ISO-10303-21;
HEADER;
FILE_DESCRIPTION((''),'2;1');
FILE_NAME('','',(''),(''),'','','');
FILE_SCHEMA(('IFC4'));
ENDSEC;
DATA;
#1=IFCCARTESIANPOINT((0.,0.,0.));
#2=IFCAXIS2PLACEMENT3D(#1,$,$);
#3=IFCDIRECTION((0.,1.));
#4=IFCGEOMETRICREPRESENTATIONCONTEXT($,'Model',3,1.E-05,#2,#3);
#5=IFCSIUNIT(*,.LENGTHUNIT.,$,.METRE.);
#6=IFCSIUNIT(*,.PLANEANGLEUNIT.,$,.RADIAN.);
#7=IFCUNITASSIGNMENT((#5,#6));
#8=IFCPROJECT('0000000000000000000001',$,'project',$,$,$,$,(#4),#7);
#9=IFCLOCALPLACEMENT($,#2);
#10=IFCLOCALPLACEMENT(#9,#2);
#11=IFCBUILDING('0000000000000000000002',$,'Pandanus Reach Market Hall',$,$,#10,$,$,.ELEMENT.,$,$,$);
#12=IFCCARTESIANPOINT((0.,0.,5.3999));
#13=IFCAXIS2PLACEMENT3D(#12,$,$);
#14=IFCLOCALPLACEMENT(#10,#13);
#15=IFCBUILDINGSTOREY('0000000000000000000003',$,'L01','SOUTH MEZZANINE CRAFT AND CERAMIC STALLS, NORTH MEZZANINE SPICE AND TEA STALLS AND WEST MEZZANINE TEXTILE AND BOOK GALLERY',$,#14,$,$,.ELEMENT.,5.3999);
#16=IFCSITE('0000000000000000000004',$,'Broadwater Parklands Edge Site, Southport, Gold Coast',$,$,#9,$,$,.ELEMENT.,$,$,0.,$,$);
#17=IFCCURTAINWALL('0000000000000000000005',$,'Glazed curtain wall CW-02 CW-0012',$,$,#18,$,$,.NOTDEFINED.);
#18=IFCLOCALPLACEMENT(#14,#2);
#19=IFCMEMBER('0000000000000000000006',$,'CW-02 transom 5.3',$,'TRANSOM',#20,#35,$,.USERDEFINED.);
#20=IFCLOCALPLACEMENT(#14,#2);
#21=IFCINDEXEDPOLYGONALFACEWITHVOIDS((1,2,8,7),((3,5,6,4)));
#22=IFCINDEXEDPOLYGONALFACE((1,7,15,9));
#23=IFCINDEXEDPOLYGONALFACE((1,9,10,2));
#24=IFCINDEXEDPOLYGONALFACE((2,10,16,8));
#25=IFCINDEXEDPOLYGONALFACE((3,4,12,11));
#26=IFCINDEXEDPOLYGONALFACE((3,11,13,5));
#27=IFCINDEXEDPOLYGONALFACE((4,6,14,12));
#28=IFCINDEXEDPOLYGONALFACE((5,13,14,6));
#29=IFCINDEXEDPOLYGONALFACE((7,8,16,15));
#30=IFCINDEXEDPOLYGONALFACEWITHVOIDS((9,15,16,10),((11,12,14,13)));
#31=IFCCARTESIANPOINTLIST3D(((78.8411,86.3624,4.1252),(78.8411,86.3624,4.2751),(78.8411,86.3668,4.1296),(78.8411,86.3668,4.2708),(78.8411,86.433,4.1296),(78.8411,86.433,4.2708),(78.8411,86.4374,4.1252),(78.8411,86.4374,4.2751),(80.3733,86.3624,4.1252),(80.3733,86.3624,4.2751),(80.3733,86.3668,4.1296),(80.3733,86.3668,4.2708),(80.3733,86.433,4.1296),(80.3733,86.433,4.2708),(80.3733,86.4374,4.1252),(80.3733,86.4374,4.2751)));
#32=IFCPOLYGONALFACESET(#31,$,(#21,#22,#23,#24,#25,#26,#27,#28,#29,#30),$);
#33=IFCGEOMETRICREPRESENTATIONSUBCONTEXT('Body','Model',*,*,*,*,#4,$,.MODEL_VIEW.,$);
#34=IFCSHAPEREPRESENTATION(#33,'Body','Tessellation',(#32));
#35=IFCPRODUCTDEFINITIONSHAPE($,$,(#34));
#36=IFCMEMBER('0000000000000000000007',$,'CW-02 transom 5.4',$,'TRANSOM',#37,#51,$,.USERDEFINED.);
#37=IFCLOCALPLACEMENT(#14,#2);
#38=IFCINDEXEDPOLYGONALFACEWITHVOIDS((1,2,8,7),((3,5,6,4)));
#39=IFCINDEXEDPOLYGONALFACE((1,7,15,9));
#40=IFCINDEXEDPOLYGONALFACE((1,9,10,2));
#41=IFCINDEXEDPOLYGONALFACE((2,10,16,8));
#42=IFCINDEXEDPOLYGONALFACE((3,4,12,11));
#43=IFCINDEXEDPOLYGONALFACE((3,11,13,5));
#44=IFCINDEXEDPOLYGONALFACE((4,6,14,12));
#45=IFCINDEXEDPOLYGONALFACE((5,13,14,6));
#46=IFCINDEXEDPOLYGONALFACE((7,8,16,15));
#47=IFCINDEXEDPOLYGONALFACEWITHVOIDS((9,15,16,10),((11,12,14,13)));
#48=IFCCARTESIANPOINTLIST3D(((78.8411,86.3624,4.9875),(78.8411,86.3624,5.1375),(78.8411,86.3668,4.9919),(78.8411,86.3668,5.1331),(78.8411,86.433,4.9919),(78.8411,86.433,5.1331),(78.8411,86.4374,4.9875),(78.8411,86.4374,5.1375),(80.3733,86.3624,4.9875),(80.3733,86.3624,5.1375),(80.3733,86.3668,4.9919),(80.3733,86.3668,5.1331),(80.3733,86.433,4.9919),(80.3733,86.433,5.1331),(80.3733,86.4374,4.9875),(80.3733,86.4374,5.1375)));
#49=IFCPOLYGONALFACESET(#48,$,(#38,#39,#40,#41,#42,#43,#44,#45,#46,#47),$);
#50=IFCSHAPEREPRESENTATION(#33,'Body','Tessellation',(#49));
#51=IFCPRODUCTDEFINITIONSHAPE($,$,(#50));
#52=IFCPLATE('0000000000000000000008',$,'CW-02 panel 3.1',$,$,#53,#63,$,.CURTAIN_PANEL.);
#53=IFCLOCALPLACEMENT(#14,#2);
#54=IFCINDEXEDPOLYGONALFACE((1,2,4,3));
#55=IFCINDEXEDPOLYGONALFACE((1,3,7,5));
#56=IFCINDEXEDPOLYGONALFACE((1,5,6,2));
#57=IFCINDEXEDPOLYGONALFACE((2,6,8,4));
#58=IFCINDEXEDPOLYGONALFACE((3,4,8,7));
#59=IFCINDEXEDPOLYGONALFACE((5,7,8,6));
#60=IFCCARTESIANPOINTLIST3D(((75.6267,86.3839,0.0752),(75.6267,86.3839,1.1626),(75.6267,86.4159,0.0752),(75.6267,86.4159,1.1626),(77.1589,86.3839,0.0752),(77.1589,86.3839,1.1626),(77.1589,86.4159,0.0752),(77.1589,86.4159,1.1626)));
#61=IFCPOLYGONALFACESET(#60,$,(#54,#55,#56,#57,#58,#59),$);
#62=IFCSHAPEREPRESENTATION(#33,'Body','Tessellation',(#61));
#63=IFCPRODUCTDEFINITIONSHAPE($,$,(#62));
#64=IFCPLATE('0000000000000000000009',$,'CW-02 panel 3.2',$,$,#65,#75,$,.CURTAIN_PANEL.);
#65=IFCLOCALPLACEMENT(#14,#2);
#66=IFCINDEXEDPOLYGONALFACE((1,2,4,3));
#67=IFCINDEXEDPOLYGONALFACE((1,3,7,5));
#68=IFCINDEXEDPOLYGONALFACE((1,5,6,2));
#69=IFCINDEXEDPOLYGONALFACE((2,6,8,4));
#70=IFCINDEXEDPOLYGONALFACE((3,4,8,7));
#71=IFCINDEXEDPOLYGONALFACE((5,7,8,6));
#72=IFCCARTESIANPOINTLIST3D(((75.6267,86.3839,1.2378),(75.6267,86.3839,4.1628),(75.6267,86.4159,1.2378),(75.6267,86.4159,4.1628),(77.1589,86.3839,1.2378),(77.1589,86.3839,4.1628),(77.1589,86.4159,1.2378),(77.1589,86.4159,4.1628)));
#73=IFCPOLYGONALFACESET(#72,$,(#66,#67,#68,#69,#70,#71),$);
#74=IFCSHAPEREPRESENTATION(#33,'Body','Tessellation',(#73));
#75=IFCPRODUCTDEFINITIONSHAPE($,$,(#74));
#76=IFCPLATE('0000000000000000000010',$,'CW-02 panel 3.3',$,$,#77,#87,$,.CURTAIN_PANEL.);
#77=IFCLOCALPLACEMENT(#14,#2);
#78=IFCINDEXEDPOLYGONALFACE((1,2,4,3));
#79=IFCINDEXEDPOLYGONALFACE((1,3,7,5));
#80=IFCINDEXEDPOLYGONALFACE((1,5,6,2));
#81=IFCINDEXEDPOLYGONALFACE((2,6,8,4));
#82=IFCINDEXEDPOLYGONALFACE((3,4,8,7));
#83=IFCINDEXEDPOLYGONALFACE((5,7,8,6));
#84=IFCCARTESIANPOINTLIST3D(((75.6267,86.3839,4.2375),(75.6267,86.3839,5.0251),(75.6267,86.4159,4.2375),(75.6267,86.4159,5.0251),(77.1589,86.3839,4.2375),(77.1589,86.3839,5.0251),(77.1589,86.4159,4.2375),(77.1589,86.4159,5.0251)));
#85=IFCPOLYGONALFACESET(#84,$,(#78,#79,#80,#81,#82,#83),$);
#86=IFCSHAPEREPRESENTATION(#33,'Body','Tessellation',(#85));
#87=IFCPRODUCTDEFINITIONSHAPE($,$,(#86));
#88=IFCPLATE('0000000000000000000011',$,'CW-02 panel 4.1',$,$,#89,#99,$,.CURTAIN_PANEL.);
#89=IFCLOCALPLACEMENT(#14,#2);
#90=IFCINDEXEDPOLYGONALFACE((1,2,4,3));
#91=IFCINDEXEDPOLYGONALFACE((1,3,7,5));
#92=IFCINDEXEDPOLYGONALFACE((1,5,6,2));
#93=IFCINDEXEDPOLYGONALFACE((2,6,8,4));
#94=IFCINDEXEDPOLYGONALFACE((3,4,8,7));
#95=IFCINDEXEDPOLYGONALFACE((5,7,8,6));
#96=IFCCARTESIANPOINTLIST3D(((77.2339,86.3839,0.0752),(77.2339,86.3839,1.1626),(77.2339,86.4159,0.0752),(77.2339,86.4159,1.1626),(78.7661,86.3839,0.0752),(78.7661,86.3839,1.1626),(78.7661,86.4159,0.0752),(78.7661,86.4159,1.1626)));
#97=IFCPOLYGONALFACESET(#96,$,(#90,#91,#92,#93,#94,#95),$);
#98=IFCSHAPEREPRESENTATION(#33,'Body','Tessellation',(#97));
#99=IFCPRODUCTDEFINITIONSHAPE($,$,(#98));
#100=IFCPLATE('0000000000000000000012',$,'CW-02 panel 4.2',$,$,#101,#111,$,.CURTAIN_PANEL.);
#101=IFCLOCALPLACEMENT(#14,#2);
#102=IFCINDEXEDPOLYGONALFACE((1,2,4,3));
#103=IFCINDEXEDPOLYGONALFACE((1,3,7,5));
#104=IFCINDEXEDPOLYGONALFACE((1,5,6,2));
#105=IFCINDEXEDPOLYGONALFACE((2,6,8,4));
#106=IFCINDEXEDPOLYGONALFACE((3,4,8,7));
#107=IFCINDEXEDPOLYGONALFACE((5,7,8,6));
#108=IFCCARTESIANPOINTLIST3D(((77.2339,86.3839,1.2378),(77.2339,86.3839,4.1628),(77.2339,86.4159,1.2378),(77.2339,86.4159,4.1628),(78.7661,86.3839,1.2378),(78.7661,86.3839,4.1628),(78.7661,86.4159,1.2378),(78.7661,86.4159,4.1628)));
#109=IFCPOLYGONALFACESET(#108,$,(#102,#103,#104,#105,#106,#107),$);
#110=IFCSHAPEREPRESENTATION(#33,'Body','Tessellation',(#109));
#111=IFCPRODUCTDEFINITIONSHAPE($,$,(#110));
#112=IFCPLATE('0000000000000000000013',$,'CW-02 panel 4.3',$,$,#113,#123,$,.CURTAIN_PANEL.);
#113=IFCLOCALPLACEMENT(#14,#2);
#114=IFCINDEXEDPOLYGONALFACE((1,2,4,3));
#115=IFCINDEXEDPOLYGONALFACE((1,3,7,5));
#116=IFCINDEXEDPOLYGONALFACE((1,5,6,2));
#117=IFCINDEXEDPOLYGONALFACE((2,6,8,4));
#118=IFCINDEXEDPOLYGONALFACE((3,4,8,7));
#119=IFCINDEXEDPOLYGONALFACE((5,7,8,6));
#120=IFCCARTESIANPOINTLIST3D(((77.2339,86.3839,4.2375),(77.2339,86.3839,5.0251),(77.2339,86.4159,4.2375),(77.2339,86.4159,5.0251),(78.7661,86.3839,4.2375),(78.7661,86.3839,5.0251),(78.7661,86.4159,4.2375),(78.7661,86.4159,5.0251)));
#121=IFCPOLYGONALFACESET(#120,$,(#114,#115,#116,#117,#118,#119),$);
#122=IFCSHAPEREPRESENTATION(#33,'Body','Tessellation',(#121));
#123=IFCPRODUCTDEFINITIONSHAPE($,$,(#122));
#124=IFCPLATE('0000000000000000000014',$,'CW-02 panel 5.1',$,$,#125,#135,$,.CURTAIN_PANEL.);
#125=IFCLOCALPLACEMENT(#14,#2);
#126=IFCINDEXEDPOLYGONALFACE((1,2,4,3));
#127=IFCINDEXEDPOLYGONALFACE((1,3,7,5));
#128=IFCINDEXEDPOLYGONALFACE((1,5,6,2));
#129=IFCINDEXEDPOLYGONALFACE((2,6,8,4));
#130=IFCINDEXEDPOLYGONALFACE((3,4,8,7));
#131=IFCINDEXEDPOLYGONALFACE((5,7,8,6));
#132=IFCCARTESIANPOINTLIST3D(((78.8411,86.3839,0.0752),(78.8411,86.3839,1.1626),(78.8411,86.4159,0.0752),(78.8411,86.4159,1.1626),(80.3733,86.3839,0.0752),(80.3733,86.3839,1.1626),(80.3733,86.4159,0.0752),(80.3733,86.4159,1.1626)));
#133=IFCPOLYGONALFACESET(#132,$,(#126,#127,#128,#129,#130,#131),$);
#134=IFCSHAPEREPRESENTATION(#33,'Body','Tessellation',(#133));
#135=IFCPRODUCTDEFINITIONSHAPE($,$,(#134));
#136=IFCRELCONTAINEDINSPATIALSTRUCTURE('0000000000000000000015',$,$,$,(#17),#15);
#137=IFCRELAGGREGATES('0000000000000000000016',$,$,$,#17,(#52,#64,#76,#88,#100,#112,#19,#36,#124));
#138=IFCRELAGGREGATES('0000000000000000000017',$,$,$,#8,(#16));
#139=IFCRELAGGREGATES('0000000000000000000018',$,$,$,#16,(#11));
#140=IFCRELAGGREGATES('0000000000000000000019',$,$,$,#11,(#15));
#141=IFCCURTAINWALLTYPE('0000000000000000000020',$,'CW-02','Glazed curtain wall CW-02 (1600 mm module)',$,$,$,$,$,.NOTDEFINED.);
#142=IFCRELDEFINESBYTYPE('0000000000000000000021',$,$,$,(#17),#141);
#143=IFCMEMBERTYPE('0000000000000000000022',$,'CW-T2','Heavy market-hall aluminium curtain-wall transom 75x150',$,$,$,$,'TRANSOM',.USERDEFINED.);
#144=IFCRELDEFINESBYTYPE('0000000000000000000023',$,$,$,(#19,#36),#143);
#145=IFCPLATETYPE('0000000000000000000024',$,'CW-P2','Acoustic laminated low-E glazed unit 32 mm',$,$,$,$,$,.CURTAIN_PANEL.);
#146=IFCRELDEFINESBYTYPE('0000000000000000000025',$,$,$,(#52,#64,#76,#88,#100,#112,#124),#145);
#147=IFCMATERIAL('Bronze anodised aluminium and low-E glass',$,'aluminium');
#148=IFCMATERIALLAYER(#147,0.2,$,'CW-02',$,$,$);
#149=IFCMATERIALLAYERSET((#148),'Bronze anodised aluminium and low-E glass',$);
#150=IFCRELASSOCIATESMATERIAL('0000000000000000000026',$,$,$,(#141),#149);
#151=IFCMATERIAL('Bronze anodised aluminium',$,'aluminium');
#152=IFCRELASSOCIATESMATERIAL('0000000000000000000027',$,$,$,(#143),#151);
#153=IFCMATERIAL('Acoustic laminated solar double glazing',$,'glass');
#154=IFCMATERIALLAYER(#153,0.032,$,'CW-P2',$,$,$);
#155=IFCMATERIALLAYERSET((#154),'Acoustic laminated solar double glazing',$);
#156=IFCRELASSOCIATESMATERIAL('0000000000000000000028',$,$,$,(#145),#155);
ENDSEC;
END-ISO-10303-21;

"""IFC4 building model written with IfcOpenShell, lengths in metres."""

from ifc_helpers import new_model, si_unit, direction, frame, origin, origin_2d, place, context, subcontext, project, spatial, rectangle, hollow_rectangle, extrude, material, layer, layer_set, material_profile, profile_set, type_object, element, aggregate, save


model = new_model("IFC4")

# Units and contexts
model_context = context("Model", 3, precision=1e-05, world=origin(), true_north=direction((0.0, 1.0)))
body_context = subcontext(model_context, "Body", "Model", "MODEL_VIEW")
ifc_project = project(units=[si_unit("LENGTHUNIT", "METRE"), si_unit("PLANEANGLEUNIT", "RADIAN")], contexts=[model_context])

# Site, building, storey
site_placement = place(None, origin())
site = spatial("IfcSite", under=ifc_project, at=site_placement, Name="Broadwater Parklands Edge Site, Southport, Gold Coast", CompositionType="ELEMENT", RefElevation=0.0)
building_placement = place(site_placement, origin())
building = spatial("IfcBuilding", under=site, at=building_placement, Name="Pandanus Reach Market Hall", CompositionType="ELEMENT")
storey_placement = place(building_placement, frame((0.0, 0.0, 5.3999)))
storey = spatial("IfcBuildingStorey", under=building, at=storey_placement, Name="L01", Description="SOUTH MEZZANINE CRAFT AND CERAMIC STALLS, NORTH MEZZANINE SPICE AND TEA STALLS AND WEST MEZZANINE TEXTILE AND BOOK GALLERY", CompositionType="ELEMENT", Elevation=5.3999)

# Curtain wall, members, plates
ifc_material_1 = material(Name="Bronze anodised aluminium and low-E glass", Category="aluminium")
ifc_layer_1 = layer(ifc_material_1, 0.2, Name="CW-02")
ifc_layer_set_1 = layer_set([ifc_layer_1], Name="Bronze anodised aluminium and low-E glass")
curtain_wall_type = type_object("IfcCurtainWallType", Name="CW-02", Description="Glazed curtain wall CW-02 (1600 mm module)", PredefinedType="NOTDEFINED", material=ifc_layer_set_1)
curtain_wall_placement = place(storey_placement, origin())
curtain_wall = element("IfcCurtainWall", 1, at=curtain_wall_placement, inside=storey, type_object=curtain_wall_type, Name="Glazed curtain wall CW-02 CW-0012", PredefinedType="NOTDEFINED")
ifc_material_2 = material(Name="Bronze anodised aluminium", Category="aluminium")
ifc_material_profile_1 = material_profile(ifc_material_2, hollow_rectangle(XDim=0.075, YDim=0.1499, WallThickness=0.0044, at=origin_2d()), Name="ALU75x150", Category="LoadBearing")
ifc_profile_set_1 = profile_set([ifc_material_profile_1], Name="Bronze anodised aluminium")
member_type_1 = type_object("IfcMemberType", Name="CW-T2", Description="Heavy market-hall aluminium curtain-wall transom 75x150", ElementType="TRANSOM", PredefinedType="USERDEFINED", material=ifc_profile_set_1)
member_1_placement = place(storey_placement, frame((78.8411, 86.3999, 4.2002), z_axis=(1.0, 0.0, 0.0), x_axis=(0.0, 1.0, 0.0)))
member_1 = element("IfcMember", 2, at=member_1_placement, type_object=member_type_1, Name="CW-02 transom 5.3", ObjectType="TRANSOM", PredefinedType="USERDEFINED", context=body_context, shape_type="SweptSolid", body=[
    extrude(hollow_rectangle(XDim=0.075, YDim=0.1499, WallThickness=0.0044, at=origin_2d()), origin(), (0.0, 0.0, 1.0), 1.5322),
])
member_2_placement = place(storey_placement, frame((78.8411, 86.3999, 5.0625), z_axis=(1.0, 0.0, 0.0), x_axis=(0.0, 1.0, 0.0)))
member_2 = element("IfcMember", 3, at=member_2_placement, type_object=member_type_1, Name="CW-02 transom 5.4", ObjectType="TRANSOM", PredefinedType="USERDEFINED", context=body_context, shape_type="SweptSolid", body=[
    extrude(hollow_rectangle(XDim=0.075, YDim=0.1499, WallThickness=0.0044, at=origin_2d()), origin(), (0.0, 0.0, 1.0), 1.5322),
])
ifc_material_3 = material(Name="Acoustic laminated solar double glazing", Category="glass")
ifc_layer_2 = layer(ifc_material_3, 0.032, Name="CW-P2")
ifc_layer_set_2 = layer_set([ifc_layer_2], Name="Acoustic laminated solar double glazing")
plate_type = type_object("IfcPlateType", Name="CW-P2", Description="Acoustic laminated low-E glazed unit 32 mm", PredefinedType="CURTAIN_PANEL", material=ifc_layer_set_2)
plate_1_placement = place(storey_placement, frame((76.3928, 86.3999, 0.0752), z_axis=(0.0, 0.0, 1.0), x_axis=(1.0, 0.0, 0.0)))
plate_1 = element("IfcPlate", 4, at=plate_1_placement, type_object=plate_type, Name="CW-02 panel 3.1", PredefinedType="CURTAIN_PANEL", context=body_context, shape_type="SweptSolid", body=[
    extrude(rectangle(XDim=1.5322, YDim=0.032, at=origin_2d()), origin(), (0.0, 0.0, 1.0), 1.0874),
])
plate_2_placement = place(storey_placement, frame((76.3928, 86.3999, 1.2378), z_axis=(0.0, 0.0, 1.0), x_axis=(1.0, 0.0, 0.0)))
plate_2 = element("IfcPlate", 5, at=plate_2_placement, type_object=plate_type, Name="CW-02 panel 3.2", PredefinedType="CURTAIN_PANEL", context=body_context, shape_type="SweptSolid", body=[
    extrude(rectangle(XDim=1.5322, YDim=0.032, at=origin_2d()), origin(), (0.0, 0.0, 1.0), 2.925),
])
plate_3_placement = place(storey_placement, frame((76.3928, 86.3999, 4.2375), z_axis=(0.0, 0.0, 1.0), x_axis=(1.0, 0.0, 0.0)))
plate_3 = element("IfcPlate", 6, at=plate_3_placement, type_object=plate_type, Name="CW-02 panel 3.3", PredefinedType="CURTAIN_PANEL", context=body_context, shape_type="SweptSolid", body=[
    extrude(rectangle(XDim=1.5322, YDim=0.032, at=origin_2d()), origin(), (0.0, 0.0, 1.0), 0.7876),
])
plate_4_placement = place(storey_placement, frame((78.0, 86.3999, 0.0752), z_axis=(0.0, 0.0, 1.0), x_axis=(1.0, 0.0, 0.0)))
plate_4 = element("IfcPlate", 7, at=plate_4_placement, type_object=plate_type, Name="CW-02 panel 4.1", PredefinedType="CURTAIN_PANEL", context=body_context, shape_type="SweptSolid", body=[
    extrude(rectangle(XDim=1.5322, YDim=0.032, at=origin_2d()), origin(), (0.0, 0.0, 1.0), 1.0874),
])
plate_5_placement = place(storey_placement, frame((78.0, 86.3999, 1.2378), z_axis=(0.0, 0.0, 1.0), x_axis=(1.0, 0.0, 0.0)))
plate_5 = element("IfcPlate", 8, at=plate_5_placement, type_object=plate_type, Name="CW-02 panel 4.2", PredefinedType="CURTAIN_PANEL", context=body_context, shape_type="SweptSolid", body=[
    extrude(rectangle(XDim=1.5322, YDim=0.032, at=origin_2d()), origin(), (0.0, 0.0, 1.0), 2.925),
])
plate_6_placement = place(storey_placement, frame((78.0, 86.3999, 4.2375), z_axis=(0.0, 0.0, 1.0), x_axis=(1.0, 0.0, 0.0)))
plate_6 = element("IfcPlate", 9, at=plate_6_placement, type_object=plate_type, Name="CW-02 panel 4.3", PredefinedType="CURTAIN_PANEL", context=body_context, shape_type="SweptSolid", body=[
    extrude(rectangle(XDim=1.5322, YDim=0.032, at=origin_2d()), origin(), (0.0, 0.0, 1.0), 0.7876),
])
plate_7_placement = place(storey_placement, frame((79.6072, 86.3999, 0.0752), z_axis=(0.0, 0.0, 1.0), x_axis=(1.0, 0.0, 0.0)))
plate_7 = element("IfcPlate", 10, at=plate_7_placement, type_object=plate_type, Name="CW-02 panel 5.1", PredefinedType="CURTAIN_PANEL", context=body_context, shape_type="SweptSolid", body=[
    extrude(rectangle(XDim=1.5322, YDim=0.032, at=origin_2d()), origin(), (0.0, 0.0, 1.0), 1.0874),
])
aggregate(curtain_wall, [plate_1, plate_2, plate_3, plate_4, plate_5, plate_6, member_1, member_2, plate_7])

save(model, "model.ifc")
